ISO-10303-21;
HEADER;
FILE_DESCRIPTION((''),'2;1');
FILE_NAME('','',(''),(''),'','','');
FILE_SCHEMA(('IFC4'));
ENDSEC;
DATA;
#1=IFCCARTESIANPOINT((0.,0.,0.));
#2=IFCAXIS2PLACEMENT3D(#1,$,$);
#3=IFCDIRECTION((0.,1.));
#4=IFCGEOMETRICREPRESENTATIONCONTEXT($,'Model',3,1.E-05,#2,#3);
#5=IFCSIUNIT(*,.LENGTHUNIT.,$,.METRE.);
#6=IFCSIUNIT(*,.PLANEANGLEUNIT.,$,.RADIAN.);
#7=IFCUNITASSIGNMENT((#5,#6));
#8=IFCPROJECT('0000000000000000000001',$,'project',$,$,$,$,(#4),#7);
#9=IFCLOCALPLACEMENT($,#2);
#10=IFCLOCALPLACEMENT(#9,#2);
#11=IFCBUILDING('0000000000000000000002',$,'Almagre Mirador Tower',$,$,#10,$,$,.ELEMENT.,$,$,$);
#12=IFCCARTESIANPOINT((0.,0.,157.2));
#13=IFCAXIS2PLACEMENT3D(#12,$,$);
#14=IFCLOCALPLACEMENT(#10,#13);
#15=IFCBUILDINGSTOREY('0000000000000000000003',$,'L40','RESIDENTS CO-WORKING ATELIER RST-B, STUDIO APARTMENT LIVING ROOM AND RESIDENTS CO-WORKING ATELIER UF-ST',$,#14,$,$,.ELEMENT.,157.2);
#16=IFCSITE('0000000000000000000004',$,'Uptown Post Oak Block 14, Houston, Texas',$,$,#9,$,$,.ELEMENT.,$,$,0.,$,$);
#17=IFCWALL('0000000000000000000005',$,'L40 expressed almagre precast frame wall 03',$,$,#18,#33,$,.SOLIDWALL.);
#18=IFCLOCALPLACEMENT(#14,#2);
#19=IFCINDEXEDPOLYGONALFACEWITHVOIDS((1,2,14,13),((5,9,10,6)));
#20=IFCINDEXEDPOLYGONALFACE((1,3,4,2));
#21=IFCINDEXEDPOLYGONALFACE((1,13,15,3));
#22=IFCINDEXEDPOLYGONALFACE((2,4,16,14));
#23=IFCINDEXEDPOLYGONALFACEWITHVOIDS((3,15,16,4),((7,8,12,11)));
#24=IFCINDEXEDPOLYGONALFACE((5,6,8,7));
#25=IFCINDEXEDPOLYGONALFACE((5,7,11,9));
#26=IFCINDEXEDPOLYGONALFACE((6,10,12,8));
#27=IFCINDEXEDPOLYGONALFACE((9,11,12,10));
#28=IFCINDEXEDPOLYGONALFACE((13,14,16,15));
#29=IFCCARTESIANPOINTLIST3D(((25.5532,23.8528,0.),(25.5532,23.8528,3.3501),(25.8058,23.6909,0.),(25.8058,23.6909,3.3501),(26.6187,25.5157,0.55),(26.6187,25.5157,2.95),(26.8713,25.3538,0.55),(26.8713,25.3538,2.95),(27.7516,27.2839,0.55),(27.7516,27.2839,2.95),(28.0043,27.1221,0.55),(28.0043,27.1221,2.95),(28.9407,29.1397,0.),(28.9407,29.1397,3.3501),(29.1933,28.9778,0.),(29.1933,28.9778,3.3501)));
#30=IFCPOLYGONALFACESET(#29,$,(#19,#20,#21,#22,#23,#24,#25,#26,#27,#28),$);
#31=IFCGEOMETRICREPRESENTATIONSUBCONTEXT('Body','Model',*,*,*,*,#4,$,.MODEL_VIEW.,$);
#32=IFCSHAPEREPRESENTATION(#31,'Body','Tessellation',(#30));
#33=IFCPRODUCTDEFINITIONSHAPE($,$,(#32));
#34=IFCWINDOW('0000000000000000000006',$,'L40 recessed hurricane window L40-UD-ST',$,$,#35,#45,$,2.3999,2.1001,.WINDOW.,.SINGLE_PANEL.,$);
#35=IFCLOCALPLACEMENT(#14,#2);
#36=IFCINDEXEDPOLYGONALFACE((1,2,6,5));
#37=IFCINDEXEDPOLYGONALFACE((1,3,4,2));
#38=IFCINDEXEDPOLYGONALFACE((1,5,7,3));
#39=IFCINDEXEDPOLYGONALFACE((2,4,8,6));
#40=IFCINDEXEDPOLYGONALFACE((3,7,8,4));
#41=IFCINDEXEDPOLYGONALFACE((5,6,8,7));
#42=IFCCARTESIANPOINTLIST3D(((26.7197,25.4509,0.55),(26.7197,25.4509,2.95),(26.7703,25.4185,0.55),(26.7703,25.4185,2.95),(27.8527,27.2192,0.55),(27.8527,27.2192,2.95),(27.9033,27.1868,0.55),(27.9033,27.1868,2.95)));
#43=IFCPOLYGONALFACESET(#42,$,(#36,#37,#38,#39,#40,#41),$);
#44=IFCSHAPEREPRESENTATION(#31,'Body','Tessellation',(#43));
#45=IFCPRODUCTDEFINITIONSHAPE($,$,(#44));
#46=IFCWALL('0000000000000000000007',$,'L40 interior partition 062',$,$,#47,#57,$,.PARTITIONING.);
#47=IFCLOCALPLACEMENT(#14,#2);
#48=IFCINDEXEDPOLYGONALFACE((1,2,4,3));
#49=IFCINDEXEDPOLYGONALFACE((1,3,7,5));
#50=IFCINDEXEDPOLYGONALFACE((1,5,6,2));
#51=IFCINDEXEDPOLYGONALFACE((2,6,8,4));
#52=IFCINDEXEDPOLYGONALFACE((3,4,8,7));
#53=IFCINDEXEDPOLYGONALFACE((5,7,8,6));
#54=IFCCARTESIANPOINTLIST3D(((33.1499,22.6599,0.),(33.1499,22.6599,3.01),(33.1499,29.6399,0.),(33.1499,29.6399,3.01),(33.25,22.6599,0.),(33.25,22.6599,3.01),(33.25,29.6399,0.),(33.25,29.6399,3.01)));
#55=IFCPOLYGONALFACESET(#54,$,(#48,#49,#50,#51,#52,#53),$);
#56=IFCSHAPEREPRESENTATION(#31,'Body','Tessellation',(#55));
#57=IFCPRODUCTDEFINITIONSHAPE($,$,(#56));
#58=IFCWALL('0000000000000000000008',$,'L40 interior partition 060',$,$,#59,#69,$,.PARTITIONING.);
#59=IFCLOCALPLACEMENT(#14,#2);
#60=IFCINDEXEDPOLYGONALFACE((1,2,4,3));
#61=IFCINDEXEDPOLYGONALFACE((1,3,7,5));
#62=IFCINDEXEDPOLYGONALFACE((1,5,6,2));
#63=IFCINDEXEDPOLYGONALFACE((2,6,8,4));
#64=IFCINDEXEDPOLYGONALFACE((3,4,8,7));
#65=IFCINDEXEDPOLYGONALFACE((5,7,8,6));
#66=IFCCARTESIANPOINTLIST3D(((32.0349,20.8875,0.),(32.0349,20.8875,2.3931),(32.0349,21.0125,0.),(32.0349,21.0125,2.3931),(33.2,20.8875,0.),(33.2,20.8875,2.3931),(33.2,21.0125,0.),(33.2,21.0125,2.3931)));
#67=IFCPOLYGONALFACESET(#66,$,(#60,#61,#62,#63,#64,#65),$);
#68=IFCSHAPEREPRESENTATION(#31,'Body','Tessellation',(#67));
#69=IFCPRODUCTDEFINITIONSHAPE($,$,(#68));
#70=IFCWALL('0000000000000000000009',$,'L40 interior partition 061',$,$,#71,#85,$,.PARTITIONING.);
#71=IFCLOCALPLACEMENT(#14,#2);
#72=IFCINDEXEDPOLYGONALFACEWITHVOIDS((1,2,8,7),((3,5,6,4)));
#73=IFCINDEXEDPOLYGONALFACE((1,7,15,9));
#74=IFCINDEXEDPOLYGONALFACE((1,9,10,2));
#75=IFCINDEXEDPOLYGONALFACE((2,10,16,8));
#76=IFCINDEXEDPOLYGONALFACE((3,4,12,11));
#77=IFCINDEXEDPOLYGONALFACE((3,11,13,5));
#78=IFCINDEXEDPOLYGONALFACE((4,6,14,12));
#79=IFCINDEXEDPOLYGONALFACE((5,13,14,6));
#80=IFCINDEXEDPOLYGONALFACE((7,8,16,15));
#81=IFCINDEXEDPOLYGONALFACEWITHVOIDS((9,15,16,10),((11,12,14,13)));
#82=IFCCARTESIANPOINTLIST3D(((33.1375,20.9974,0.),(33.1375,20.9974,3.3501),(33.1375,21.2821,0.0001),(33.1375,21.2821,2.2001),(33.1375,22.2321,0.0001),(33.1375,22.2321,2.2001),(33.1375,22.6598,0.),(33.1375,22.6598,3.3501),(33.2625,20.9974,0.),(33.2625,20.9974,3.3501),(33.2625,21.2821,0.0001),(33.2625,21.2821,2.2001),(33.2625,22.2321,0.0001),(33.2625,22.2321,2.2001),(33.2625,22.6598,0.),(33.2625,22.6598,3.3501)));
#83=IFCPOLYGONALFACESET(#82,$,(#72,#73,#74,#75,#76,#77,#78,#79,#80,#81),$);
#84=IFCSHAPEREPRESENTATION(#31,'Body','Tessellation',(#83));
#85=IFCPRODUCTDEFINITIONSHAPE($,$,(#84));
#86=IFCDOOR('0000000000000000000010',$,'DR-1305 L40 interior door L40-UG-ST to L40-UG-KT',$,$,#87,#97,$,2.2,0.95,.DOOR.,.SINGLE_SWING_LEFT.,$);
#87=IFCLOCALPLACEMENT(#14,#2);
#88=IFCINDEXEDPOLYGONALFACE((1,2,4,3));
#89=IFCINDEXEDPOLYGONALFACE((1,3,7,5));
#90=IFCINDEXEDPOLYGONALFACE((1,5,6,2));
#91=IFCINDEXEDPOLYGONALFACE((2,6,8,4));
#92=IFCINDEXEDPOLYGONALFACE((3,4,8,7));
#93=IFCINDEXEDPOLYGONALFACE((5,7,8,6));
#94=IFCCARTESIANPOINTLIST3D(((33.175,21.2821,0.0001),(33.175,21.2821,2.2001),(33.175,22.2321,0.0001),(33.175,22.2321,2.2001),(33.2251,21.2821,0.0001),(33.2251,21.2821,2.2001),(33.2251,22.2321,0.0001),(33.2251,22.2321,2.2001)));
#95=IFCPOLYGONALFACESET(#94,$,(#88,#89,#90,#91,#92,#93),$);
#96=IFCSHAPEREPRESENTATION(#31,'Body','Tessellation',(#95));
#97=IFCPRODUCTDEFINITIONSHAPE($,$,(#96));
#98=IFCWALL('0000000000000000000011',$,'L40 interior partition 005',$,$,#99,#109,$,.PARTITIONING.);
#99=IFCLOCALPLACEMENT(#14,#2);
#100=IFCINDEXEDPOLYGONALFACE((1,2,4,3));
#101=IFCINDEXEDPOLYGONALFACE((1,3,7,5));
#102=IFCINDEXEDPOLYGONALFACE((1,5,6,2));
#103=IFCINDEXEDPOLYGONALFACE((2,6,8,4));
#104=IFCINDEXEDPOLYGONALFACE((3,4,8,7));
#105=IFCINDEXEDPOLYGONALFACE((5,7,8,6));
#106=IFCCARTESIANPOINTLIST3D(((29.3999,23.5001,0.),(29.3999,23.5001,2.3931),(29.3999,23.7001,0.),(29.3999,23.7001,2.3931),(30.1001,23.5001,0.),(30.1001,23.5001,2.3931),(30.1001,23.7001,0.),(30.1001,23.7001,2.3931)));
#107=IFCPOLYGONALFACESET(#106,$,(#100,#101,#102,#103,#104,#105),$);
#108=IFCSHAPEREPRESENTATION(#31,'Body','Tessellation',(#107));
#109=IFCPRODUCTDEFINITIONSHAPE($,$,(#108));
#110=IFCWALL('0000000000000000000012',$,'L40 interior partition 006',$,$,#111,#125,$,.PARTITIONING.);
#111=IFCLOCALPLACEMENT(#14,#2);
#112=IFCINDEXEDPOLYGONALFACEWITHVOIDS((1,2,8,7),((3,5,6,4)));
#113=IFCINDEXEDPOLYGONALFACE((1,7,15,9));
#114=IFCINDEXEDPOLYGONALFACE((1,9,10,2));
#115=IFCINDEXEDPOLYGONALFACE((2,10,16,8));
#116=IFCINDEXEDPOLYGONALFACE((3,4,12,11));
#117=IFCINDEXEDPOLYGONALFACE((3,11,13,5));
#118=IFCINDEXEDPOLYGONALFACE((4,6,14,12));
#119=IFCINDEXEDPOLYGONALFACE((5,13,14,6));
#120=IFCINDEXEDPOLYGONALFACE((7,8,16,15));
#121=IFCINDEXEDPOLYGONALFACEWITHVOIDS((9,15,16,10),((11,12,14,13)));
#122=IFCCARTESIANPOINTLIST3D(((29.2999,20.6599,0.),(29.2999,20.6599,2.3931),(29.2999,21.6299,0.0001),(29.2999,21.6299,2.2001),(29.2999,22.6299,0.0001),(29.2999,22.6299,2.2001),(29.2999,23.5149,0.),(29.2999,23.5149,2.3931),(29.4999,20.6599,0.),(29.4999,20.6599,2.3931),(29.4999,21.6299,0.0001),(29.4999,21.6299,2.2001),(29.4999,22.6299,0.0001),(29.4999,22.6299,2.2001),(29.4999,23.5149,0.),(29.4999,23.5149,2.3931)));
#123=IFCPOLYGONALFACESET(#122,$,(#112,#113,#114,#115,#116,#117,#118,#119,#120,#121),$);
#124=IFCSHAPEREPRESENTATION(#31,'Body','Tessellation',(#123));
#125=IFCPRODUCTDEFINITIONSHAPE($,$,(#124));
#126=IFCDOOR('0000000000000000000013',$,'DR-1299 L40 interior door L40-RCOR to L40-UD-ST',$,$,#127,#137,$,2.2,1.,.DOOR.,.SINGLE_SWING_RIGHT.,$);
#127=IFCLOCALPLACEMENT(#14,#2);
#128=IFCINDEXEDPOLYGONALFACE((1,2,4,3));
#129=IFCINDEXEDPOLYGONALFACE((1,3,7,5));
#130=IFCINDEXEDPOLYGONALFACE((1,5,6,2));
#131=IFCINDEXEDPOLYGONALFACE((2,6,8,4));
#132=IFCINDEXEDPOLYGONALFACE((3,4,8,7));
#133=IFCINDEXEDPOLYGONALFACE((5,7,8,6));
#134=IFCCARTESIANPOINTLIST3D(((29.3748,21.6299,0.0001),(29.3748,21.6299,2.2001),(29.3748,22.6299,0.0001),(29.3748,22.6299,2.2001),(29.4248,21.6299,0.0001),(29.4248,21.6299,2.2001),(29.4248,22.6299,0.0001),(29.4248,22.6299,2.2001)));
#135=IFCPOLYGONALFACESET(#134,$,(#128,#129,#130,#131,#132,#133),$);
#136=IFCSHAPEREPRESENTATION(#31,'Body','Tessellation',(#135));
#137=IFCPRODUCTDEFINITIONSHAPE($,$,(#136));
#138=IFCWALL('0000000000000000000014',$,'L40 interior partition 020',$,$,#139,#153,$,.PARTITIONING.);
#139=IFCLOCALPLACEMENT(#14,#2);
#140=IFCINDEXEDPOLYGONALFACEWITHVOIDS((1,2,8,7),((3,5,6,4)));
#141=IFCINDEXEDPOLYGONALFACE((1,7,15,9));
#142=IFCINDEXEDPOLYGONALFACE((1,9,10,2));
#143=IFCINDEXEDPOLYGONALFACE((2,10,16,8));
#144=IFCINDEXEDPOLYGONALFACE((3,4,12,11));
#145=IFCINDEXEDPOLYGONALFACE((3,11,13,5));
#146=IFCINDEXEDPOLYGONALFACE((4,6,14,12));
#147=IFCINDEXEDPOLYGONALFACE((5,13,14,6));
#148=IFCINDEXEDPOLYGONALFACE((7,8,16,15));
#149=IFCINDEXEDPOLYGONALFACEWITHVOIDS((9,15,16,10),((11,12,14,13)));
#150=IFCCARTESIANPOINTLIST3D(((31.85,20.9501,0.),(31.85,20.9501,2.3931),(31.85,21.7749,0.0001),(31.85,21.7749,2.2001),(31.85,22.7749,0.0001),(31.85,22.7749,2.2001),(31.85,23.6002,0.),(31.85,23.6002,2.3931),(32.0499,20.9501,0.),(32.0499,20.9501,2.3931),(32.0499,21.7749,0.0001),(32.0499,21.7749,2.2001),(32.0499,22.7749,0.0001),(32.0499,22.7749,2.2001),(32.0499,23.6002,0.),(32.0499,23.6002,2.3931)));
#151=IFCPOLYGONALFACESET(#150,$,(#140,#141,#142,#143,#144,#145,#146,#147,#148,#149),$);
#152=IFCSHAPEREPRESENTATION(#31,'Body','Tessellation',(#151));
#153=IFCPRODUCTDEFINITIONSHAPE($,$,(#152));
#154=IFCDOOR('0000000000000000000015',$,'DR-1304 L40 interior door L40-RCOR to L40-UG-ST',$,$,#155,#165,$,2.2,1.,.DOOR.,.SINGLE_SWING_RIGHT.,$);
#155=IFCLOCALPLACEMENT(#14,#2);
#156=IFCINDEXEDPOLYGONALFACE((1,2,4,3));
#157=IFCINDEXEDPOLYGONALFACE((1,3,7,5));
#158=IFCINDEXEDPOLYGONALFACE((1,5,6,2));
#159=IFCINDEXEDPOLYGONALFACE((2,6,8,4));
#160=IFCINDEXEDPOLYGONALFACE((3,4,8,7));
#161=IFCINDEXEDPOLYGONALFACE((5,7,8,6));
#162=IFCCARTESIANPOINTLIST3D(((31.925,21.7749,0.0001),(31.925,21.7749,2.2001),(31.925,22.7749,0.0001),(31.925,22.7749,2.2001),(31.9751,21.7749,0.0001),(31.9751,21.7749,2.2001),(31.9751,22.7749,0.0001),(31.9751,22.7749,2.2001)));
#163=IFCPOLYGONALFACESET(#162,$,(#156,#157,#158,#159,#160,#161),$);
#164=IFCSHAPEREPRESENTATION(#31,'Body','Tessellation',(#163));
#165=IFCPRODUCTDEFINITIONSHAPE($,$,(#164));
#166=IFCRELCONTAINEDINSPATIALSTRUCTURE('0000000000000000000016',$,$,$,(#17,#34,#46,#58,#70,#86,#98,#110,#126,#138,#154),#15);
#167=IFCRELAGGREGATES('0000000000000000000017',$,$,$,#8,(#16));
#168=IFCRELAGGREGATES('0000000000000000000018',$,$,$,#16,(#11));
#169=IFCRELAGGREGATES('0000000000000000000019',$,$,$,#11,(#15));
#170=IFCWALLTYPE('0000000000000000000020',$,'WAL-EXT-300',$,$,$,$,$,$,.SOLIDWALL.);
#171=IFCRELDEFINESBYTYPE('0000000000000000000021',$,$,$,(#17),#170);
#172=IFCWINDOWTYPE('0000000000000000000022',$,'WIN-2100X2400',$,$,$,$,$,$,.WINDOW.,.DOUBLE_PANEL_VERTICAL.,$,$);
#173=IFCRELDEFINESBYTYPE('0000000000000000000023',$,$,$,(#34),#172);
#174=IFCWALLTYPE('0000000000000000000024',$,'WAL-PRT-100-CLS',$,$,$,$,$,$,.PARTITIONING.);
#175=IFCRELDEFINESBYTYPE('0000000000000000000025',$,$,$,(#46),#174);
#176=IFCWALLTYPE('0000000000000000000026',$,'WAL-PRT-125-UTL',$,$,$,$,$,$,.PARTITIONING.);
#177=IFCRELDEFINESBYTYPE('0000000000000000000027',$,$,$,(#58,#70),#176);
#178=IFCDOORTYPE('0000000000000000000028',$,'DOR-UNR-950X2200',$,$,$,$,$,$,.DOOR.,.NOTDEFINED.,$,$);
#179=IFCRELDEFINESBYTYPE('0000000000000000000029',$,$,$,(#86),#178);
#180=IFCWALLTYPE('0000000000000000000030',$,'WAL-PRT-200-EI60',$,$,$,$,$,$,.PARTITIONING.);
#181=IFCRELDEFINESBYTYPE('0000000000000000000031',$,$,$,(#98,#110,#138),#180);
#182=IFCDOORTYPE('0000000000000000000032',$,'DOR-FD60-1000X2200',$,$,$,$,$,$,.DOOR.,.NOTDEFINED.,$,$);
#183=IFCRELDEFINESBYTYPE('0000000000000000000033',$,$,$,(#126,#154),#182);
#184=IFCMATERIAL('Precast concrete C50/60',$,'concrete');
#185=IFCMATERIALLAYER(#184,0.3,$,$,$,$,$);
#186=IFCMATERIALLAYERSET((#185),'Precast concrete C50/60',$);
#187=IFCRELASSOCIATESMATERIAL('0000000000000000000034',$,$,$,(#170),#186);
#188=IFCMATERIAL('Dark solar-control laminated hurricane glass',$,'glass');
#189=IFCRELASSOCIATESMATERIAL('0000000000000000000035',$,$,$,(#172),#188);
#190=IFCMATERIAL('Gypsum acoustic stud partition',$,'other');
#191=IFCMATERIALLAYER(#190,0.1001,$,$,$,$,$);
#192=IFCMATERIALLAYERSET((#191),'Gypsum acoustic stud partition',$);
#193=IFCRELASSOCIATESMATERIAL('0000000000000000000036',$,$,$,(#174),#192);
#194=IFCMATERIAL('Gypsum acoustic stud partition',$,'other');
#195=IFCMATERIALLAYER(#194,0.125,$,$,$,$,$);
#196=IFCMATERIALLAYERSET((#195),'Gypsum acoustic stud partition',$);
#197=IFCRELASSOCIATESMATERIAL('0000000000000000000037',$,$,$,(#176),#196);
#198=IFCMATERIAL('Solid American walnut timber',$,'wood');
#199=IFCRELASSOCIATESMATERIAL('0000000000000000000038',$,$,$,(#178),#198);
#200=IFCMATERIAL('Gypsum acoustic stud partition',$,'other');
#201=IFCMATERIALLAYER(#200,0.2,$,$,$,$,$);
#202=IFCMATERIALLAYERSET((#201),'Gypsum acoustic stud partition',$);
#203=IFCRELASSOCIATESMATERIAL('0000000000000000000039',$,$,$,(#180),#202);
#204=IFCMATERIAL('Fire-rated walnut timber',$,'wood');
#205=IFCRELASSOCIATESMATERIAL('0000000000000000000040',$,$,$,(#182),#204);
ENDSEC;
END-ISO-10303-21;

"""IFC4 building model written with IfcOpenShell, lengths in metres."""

from ifc_helpers import new_model, si_unit, direction, frame, frame_2d, origin, place, context, subcontext, project, spatial, rectangle, extrude, material, layer, layer_set, type_object, element, fill, save


model = new_model("IFC4")

# Units and contexts
model_context = context("Model", 3, precision=1e-05, world=origin(), true_north=direction((0.0, 1.0)))
body_context = subcontext(model_context, "Body", "Model", "MODEL_VIEW")
ifc_project = project(units=[si_unit("LENGTHUNIT", "METRE"), si_unit("PLANEANGLEUNIT", "RADIAN")], contexts=[model_context])

# Site, building, storey
site_placement = place(None, origin())
site = spatial("IfcSite", under=ifc_project, at=site_placement, Name="Uptown Post Oak Block 14, Houston, Texas", CompositionType="ELEMENT", RefElevation=0.0)
building_placement = place(site_placement, origin())
building = spatial("IfcBuilding", under=site, at=building_placement, Name="Almagre Mirador Tower", CompositionType="ELEMENT")
storey_placement = place(building_placement, frame((0.0, 0.0, 157.2)))
storey = spatial("IfcBuildingStorey", under=building, at=storey_placement, Name="L40", Description="RESIDENTS CO-WORKING ATELIER RST-B, STUDIO APARTMENT LIVING ROOM AND RESIDENTS CO-WORKING ATELIER UF-ST", CompositionType="ELEMENT", Elevation=157.2)

# Wall, opening, window
ifc_material_1 = material(Name="Precast concrete C50/60", Category="concrete")
ifc_layer_1 = layer(ifc_material_1, 0.3)
ifc_layer_set_1 = layer_set([ifc_layer_1], Name="Precast concrete C50/60")
wall_type_1 = type_object("IfcWallType", Name="WAL-EXT-300", PredefinedType="SOLIDWALL", material=ifc_layer_set_1)
wall_1_placement = place(storey_placement, frame((25.6794, 23.7717, 0.0), z_axis=(0.0, 0.0, 1.0), x_axis=(0.539489, 0.841992, 0.0)))
wall_1 = element("IfcWall", 1, at=wall_1_placement, inside=storey, type_object=wall_type_1, Name="L40 expressed almagre precast frame wall 03", PredefinedType="SOLIDWALL", context=body_context, shape_type="SweptSolid", body=[
    extrude(rectangle(XDim=6.2791, YDim=0.3, at=frame_2d((3.1396, 0.0))), origin(), (0.0, 0.0, 1.0), 3.3501),
])
opening_1_placement = place(wall_1_placement, frame((1.9751, 0.0, 0.55)))
opening_1 = element("IfcOpeningElement", 2, at=opening_1_placement, cuts=wall_1, PredefinedType="OPENING", context=body_context, shape_type="SweptSolid", body=[
    extrude(rectangle(XDim=2.1001, YDim=2.3999, at=frame_2d((1.05, 1.2))), frame((0.0, 0.1599, 0.0), z_axis=(0.0, -1.0, 0.0), x_axis=(1.0, 0.0, 0.0)), (0.0, 0.0, 1.0), 0.32),
])
ifc_material_2 = material(Name="Dark solar-control laminated hurricane glass", Category="glass")
window_type = type_object("IfcWindowType", Name="WIN-2100X2400", PartitioningType="DOUBLE_PANEL_VERTICAL", PredefinedType="WINDOW", material=ifc_material_2)
window_placement = place(opening_1_placement, origin())
window = element("IfcWindow", 3, at=window_placement, inside=storey, type_object=window_type, Name="L40 recessed hurricane window L40-UD-ST", OverallHeight=2.3999, OverallWidth=2.1001, PartitioningType="SINGLE_PANEL", PredefinedType="WINDOW", context=body_context, shape_type="SweptSolid", body=[
    extrude(rectangle(XDim=2.1001, YDim=2.3999, at=frame_2d((1.05, 1.2))), frame((0.0, 0.03, 0.0), z_axis=(0.0, -1.0, 0.0), x_axis=(1.0, 0.0, 0.0)), (0.0, 0.0, 1.0), 0.0601),
])
fill(opening_1, window)

# Walls
ifc_material_3 = material(Name="Gypsum acoustic stud partition", Category="other")
ifc_layer_2 = layer(ifc_material_3, 0.1001)
ifc_layer_set_2 = layer_set([ifc_layer_2], Name="Gypsum acoustic stud partition")
wall_type_2 = type_object("IfcWallType", Name="WAL-PRT-100-CLS", PredefinedType="PARTITIONING", material=ifc_layer_set_2)
wall_2_placement = place(storey_placement, frame((33.2, 22.6599, 0.0), z_axis=(0.0, 0.0, 1.0), x_axis=(0.0, 1.0, 0.0)))
element("IfcWall", 4, at=wall_2_placement, inside=storey, type_object=wall_type_2, Name="L40 interior partition 062", PredefinedType="PARTITIONING", context=body_context, shape_type="SweptSolid", body=[
    extrude(rectangle(XDim=6.98, YDim=0.1001, at=frame_2d((3.49, 0.0))), origin(), (0.0, 0.0, 1.0), 3.01),
])
ifc_material_4 = material(Name="Gypsum acoustic stud partition", Category="other")
ifc_layer_3 = layer(ifc_material_4, 0.125)
ifc_layer_set_3 = layer_set([ifc_layer_3], Name="Gypsum acoustic stud partition")
wall_type_3 = type_object("IfcWallType", Name="WAL-PRT-125-UTL", PredefinedType="PARTITIONING", material=ifc_layer_set_3)
wall_3_placement = place(storey_placement, frame((32.0349, 20.95, 0.0), z_axis=(0.0, 0.0, 1.0), x_axis=(1.0, 0.0, 0.0)))
element("IfcWall", 5, at=wall_3_placement, inside=storey, type_object=wall_type_3, Name="L40 interior partition 060", PredefinedType="PARTITIONING", context=body_context, shape_type="SweptSolid", body=[
    extrude(rectangle(XDim=1.165, YDim=0.125, at=frame_2d((0.5825, 0.0))), origin(), (0.0, 0.0, 1.0), 2.3931),
])

# Wall, opening, door
wall_4_placement = place(storey_placement, frame((33.2, 20.9976, 0.0), z_axis=(0.0, 0.0, 1.0), x_axis=(0.0, 1.0, 0.0)))
wall_4 = element("IfcWall", 6, at=wall_4_placement, inside=storey, type_object=wall_type_3, Name="L40 interior partition 061", PredefinedType="PARTITIONING", context=body_context, shape_type="SweptSolid", body=[
    extrude(rectangle(XDim=1.6624, YDim=0.125, at=frame_2d((0.8311, 0.0))), origin(), (0.0, 0.0, 1.0), 3.3501),
])
opening_2_placement = place(wall_4_placement, frame((0.2844, 0.0, 0.0)))
opening_2 = element("IfcOpeningElement", 7, at=opening_2_placement, cuts=wall_4, PredefinedType="OPENING", context=body_context, shape_type="SweptSolid", body=[
    extrude(rectangle(XDim=0.95, YDim=2.2, at=frame_2d((0.4751, 1.1001))), frame((0.0, 0.0725, 0.0), z_axis=(0.0, -1.0, 0.0), x_axis=(1.0, 0.0, 0.0)), (0.0, 0.0, 1.0), 0.145),
])
ifc_material_5 = material(Name="Solid American walnut timber", Category="wood")
door_type_1 = type_object("IfcDoorType", Name="DOR-UNR-950X2200", OperationType="NOTDEFINED", PredefinedType="DOOR", material=ifc_material_5)
door_1_placement = place(opening_2_placement, origin())
door_1 = element("IfcDoor", 8, at=door_1_placement, inside=storey, type_object=door_type_1, Name="DR-1305 L40 interior door L40-UG-ST to L40-UG-KT", OperationType="SINGLE_SWING_LEFT", OverallHeight=2.2, OverallWidth=0.95, PredefinedType="DOOR", context=body_context, shape_type="SweptSolid", body=[
    extrude(rectangle(XDim=0.95, YDim=2.2, at=frame_2d((0.4751, 1.1001))), frame((0.0, 0.0249, 0.0), z_axis=(0.0, -1.0, 0.0), x_axis=(1.0, 0.0, 0.0)), (0.0, 0.0, 1.0), 0.05),
])
fill(opening_2, door_1)

# Wall
ifc_material_6 = material(Name="Gypsum acoustic stud partition", Category="other")
ifc_layer_4 = layer(ifc_material_6, 0.2)
ifc_layer_set_4 = layer_set([ifc_layer_4], Name="Gypsum acoustic stud partition")
wall_type_4 = type_object("IfcWallType", Name="WAL-PRT-200-EI60", PredefinedType="PARTITIONING", material=ifc_layer_set_4)
wall_5_placement = place(storey_placement, frame((30.1001, 23.6001, 0.0), z_axis=(0.0, 0.0, 1.0), x_axis=(-1.0, 0.0, 0.0)))
element("IfcWall", 9, at=wall_5_placement, inside=storey, type_object=wall_type_4, Name="L40 interior partition 005", PredefinedType="PARTITIONING", context=body_context, shape_type="SweptSolid", body=[
    extrude(rectangle(XDim=0.7002, YDim=0.2, at=frame_2d((0.3501, 0.0))), origin(), (0.0, 0.0, 1.0), 2.3931),
])

# Walls, openings, doors
wall_6_placement = place(storey_placement, frame((29.3999, 23.5149, 0.0), z_axis=(0.0, 0.0, 1.0), x_axis=(0.0, -1.0, 0.0)))
wall_6 = element("IfcWall", 10, at=wall_6_placement, inside=storey, type_object=wall_type_4, Name="L40 interior partition 006", PredefinedType="PARTITIONING", context=body_context, shape_type="SweptSolid", body=[
    extrude(rectangle(XDim=2.855, YDim=0.2, at=frame_2d((1.4275, 0.0))), origin(), (0.0, 0.0, 1.0), 2.3931),
])
opening_3_placement = place(wall_6_placement, frame((0.885, 0.0, 0.0)))
opening_3 = element("IfcOpeningElement", 11, at=opening_3_placement, cuts=wall_6, PredefinedType="OPENING", context=body_context, shape_type="SweptSolid", body=[
    extrude(rectangle(XDim=1.0, YDim=2.2, at=frame_2d((0.5, 1.1001))), frame((0.0, 0.1101, 0.0), z_axis=(0.0, -1.0, 0.0), x_axis=(1.0, 0.0, 0.0)), (0.0, 0.0, 1.0), 0.22),
])
ifc_material_7 = material(Name="Fire-rated walnut timber", Category="wood")
door_type_2 = type_object("IfcDoorType", Name="DOR-FD60-1000X2200", OperationType="NOTDEFINED", PredefinedType="DOOR", material=ifc_material_7)
door_2_placement = place(opening_3_placement, origin())
door_2 = element("IfcDoor", 12, at=door_2_placement, inside=storey, type_object=door_type_2, Name="DR-1299 L40 interior door L40-RCOR to L40-UD-ST", OperationType="SINGLE_SWING_RIGHT", OverallHeight=2.2, OverallWidth=1.0, PredefinedType="DOOR", context=body_context, shape_type="SweptSolid", body=[
    extrude(rectangle(XDim=1.0, YDim=2.2, at=frame_2d((0.5, 1.1001))), frame((0.0, 0.0249, 0.0), z_axis=(0.0, -1.0, 0.0), x_axis=(1.0, 0.0, 0.0)), (0.0, 0.0, 1.0), 0.05),
])
fill(opening_3, door_2)
wall_7_placement = place(storey_placement, frame((31.95, 20.95, 0.0), z_axis=(0.0, 0.0, 1.0), x_axis=(0.0, 1.0, 0.0)))
wall_7 = element("IfcWall", 13, at=wall_7_placement, inside=storey, type_object=wall_type_4, Name="L40 interior partition 020", PredefinedType="PARTITIONING", context=body_context, shape_type="SweptSolid", body=[
    extrude(rectangle(XDim=2.6501, YDim=0.2, at=frame_2d((1.3252, 0.0))), origin(), (0.0, 0.0, 1.0), 2.3931),
])
opening_4_placement = place(wall_7_placement, frame((0.825, 0.0, 0.0)))
opening_4 = element("IfcOpeningElement", 14, at=opening_4_placement, cuts=wall_7, PredefinedType="OPENING", context=body_context, shape_type="SweptSolid", body=[
    extrude(rectangle(XDim=1.0, YDim=2.2, at=frame_2d((0.5, 1.1001))), frame((0.0, 0.1101, 0.0), z_axis=(0.0, -1.0, 0.0), x_axis=(1.0, 0.0, 0.0)), (0.0, 0.0, 1.0), 0.22),
])
door_3_placement = place(opening_4_placement, origin())
door_3 = element("IfcDoor", 15, at=door_3_placement, inside=storey, type_object=door_type_2, Name="DR-1304 L40 interior door L40-RCOR to L40-UG-ST", OperationType="SINGLE_SWING_RIGHT", OverallHeight=2.2, OverallWidth=1.0, PredefinedType="DOOR", context=body_context, shape_type="SweptSolid", body=[
    extrude(rectangle(XDim=1.0, YDim=2.2, at=frame_2d((0.5, 1.1001))), frame((0.0, 0.0249, 0.0), z_axis=(0.0, -1.0, 0.0), x_axis=(1.0, 0.0, 0.0)), (0.0, 0.0, 1.0), 0.05),
])
fill(opening_4, door_3)

save(model, "model.ifc")
